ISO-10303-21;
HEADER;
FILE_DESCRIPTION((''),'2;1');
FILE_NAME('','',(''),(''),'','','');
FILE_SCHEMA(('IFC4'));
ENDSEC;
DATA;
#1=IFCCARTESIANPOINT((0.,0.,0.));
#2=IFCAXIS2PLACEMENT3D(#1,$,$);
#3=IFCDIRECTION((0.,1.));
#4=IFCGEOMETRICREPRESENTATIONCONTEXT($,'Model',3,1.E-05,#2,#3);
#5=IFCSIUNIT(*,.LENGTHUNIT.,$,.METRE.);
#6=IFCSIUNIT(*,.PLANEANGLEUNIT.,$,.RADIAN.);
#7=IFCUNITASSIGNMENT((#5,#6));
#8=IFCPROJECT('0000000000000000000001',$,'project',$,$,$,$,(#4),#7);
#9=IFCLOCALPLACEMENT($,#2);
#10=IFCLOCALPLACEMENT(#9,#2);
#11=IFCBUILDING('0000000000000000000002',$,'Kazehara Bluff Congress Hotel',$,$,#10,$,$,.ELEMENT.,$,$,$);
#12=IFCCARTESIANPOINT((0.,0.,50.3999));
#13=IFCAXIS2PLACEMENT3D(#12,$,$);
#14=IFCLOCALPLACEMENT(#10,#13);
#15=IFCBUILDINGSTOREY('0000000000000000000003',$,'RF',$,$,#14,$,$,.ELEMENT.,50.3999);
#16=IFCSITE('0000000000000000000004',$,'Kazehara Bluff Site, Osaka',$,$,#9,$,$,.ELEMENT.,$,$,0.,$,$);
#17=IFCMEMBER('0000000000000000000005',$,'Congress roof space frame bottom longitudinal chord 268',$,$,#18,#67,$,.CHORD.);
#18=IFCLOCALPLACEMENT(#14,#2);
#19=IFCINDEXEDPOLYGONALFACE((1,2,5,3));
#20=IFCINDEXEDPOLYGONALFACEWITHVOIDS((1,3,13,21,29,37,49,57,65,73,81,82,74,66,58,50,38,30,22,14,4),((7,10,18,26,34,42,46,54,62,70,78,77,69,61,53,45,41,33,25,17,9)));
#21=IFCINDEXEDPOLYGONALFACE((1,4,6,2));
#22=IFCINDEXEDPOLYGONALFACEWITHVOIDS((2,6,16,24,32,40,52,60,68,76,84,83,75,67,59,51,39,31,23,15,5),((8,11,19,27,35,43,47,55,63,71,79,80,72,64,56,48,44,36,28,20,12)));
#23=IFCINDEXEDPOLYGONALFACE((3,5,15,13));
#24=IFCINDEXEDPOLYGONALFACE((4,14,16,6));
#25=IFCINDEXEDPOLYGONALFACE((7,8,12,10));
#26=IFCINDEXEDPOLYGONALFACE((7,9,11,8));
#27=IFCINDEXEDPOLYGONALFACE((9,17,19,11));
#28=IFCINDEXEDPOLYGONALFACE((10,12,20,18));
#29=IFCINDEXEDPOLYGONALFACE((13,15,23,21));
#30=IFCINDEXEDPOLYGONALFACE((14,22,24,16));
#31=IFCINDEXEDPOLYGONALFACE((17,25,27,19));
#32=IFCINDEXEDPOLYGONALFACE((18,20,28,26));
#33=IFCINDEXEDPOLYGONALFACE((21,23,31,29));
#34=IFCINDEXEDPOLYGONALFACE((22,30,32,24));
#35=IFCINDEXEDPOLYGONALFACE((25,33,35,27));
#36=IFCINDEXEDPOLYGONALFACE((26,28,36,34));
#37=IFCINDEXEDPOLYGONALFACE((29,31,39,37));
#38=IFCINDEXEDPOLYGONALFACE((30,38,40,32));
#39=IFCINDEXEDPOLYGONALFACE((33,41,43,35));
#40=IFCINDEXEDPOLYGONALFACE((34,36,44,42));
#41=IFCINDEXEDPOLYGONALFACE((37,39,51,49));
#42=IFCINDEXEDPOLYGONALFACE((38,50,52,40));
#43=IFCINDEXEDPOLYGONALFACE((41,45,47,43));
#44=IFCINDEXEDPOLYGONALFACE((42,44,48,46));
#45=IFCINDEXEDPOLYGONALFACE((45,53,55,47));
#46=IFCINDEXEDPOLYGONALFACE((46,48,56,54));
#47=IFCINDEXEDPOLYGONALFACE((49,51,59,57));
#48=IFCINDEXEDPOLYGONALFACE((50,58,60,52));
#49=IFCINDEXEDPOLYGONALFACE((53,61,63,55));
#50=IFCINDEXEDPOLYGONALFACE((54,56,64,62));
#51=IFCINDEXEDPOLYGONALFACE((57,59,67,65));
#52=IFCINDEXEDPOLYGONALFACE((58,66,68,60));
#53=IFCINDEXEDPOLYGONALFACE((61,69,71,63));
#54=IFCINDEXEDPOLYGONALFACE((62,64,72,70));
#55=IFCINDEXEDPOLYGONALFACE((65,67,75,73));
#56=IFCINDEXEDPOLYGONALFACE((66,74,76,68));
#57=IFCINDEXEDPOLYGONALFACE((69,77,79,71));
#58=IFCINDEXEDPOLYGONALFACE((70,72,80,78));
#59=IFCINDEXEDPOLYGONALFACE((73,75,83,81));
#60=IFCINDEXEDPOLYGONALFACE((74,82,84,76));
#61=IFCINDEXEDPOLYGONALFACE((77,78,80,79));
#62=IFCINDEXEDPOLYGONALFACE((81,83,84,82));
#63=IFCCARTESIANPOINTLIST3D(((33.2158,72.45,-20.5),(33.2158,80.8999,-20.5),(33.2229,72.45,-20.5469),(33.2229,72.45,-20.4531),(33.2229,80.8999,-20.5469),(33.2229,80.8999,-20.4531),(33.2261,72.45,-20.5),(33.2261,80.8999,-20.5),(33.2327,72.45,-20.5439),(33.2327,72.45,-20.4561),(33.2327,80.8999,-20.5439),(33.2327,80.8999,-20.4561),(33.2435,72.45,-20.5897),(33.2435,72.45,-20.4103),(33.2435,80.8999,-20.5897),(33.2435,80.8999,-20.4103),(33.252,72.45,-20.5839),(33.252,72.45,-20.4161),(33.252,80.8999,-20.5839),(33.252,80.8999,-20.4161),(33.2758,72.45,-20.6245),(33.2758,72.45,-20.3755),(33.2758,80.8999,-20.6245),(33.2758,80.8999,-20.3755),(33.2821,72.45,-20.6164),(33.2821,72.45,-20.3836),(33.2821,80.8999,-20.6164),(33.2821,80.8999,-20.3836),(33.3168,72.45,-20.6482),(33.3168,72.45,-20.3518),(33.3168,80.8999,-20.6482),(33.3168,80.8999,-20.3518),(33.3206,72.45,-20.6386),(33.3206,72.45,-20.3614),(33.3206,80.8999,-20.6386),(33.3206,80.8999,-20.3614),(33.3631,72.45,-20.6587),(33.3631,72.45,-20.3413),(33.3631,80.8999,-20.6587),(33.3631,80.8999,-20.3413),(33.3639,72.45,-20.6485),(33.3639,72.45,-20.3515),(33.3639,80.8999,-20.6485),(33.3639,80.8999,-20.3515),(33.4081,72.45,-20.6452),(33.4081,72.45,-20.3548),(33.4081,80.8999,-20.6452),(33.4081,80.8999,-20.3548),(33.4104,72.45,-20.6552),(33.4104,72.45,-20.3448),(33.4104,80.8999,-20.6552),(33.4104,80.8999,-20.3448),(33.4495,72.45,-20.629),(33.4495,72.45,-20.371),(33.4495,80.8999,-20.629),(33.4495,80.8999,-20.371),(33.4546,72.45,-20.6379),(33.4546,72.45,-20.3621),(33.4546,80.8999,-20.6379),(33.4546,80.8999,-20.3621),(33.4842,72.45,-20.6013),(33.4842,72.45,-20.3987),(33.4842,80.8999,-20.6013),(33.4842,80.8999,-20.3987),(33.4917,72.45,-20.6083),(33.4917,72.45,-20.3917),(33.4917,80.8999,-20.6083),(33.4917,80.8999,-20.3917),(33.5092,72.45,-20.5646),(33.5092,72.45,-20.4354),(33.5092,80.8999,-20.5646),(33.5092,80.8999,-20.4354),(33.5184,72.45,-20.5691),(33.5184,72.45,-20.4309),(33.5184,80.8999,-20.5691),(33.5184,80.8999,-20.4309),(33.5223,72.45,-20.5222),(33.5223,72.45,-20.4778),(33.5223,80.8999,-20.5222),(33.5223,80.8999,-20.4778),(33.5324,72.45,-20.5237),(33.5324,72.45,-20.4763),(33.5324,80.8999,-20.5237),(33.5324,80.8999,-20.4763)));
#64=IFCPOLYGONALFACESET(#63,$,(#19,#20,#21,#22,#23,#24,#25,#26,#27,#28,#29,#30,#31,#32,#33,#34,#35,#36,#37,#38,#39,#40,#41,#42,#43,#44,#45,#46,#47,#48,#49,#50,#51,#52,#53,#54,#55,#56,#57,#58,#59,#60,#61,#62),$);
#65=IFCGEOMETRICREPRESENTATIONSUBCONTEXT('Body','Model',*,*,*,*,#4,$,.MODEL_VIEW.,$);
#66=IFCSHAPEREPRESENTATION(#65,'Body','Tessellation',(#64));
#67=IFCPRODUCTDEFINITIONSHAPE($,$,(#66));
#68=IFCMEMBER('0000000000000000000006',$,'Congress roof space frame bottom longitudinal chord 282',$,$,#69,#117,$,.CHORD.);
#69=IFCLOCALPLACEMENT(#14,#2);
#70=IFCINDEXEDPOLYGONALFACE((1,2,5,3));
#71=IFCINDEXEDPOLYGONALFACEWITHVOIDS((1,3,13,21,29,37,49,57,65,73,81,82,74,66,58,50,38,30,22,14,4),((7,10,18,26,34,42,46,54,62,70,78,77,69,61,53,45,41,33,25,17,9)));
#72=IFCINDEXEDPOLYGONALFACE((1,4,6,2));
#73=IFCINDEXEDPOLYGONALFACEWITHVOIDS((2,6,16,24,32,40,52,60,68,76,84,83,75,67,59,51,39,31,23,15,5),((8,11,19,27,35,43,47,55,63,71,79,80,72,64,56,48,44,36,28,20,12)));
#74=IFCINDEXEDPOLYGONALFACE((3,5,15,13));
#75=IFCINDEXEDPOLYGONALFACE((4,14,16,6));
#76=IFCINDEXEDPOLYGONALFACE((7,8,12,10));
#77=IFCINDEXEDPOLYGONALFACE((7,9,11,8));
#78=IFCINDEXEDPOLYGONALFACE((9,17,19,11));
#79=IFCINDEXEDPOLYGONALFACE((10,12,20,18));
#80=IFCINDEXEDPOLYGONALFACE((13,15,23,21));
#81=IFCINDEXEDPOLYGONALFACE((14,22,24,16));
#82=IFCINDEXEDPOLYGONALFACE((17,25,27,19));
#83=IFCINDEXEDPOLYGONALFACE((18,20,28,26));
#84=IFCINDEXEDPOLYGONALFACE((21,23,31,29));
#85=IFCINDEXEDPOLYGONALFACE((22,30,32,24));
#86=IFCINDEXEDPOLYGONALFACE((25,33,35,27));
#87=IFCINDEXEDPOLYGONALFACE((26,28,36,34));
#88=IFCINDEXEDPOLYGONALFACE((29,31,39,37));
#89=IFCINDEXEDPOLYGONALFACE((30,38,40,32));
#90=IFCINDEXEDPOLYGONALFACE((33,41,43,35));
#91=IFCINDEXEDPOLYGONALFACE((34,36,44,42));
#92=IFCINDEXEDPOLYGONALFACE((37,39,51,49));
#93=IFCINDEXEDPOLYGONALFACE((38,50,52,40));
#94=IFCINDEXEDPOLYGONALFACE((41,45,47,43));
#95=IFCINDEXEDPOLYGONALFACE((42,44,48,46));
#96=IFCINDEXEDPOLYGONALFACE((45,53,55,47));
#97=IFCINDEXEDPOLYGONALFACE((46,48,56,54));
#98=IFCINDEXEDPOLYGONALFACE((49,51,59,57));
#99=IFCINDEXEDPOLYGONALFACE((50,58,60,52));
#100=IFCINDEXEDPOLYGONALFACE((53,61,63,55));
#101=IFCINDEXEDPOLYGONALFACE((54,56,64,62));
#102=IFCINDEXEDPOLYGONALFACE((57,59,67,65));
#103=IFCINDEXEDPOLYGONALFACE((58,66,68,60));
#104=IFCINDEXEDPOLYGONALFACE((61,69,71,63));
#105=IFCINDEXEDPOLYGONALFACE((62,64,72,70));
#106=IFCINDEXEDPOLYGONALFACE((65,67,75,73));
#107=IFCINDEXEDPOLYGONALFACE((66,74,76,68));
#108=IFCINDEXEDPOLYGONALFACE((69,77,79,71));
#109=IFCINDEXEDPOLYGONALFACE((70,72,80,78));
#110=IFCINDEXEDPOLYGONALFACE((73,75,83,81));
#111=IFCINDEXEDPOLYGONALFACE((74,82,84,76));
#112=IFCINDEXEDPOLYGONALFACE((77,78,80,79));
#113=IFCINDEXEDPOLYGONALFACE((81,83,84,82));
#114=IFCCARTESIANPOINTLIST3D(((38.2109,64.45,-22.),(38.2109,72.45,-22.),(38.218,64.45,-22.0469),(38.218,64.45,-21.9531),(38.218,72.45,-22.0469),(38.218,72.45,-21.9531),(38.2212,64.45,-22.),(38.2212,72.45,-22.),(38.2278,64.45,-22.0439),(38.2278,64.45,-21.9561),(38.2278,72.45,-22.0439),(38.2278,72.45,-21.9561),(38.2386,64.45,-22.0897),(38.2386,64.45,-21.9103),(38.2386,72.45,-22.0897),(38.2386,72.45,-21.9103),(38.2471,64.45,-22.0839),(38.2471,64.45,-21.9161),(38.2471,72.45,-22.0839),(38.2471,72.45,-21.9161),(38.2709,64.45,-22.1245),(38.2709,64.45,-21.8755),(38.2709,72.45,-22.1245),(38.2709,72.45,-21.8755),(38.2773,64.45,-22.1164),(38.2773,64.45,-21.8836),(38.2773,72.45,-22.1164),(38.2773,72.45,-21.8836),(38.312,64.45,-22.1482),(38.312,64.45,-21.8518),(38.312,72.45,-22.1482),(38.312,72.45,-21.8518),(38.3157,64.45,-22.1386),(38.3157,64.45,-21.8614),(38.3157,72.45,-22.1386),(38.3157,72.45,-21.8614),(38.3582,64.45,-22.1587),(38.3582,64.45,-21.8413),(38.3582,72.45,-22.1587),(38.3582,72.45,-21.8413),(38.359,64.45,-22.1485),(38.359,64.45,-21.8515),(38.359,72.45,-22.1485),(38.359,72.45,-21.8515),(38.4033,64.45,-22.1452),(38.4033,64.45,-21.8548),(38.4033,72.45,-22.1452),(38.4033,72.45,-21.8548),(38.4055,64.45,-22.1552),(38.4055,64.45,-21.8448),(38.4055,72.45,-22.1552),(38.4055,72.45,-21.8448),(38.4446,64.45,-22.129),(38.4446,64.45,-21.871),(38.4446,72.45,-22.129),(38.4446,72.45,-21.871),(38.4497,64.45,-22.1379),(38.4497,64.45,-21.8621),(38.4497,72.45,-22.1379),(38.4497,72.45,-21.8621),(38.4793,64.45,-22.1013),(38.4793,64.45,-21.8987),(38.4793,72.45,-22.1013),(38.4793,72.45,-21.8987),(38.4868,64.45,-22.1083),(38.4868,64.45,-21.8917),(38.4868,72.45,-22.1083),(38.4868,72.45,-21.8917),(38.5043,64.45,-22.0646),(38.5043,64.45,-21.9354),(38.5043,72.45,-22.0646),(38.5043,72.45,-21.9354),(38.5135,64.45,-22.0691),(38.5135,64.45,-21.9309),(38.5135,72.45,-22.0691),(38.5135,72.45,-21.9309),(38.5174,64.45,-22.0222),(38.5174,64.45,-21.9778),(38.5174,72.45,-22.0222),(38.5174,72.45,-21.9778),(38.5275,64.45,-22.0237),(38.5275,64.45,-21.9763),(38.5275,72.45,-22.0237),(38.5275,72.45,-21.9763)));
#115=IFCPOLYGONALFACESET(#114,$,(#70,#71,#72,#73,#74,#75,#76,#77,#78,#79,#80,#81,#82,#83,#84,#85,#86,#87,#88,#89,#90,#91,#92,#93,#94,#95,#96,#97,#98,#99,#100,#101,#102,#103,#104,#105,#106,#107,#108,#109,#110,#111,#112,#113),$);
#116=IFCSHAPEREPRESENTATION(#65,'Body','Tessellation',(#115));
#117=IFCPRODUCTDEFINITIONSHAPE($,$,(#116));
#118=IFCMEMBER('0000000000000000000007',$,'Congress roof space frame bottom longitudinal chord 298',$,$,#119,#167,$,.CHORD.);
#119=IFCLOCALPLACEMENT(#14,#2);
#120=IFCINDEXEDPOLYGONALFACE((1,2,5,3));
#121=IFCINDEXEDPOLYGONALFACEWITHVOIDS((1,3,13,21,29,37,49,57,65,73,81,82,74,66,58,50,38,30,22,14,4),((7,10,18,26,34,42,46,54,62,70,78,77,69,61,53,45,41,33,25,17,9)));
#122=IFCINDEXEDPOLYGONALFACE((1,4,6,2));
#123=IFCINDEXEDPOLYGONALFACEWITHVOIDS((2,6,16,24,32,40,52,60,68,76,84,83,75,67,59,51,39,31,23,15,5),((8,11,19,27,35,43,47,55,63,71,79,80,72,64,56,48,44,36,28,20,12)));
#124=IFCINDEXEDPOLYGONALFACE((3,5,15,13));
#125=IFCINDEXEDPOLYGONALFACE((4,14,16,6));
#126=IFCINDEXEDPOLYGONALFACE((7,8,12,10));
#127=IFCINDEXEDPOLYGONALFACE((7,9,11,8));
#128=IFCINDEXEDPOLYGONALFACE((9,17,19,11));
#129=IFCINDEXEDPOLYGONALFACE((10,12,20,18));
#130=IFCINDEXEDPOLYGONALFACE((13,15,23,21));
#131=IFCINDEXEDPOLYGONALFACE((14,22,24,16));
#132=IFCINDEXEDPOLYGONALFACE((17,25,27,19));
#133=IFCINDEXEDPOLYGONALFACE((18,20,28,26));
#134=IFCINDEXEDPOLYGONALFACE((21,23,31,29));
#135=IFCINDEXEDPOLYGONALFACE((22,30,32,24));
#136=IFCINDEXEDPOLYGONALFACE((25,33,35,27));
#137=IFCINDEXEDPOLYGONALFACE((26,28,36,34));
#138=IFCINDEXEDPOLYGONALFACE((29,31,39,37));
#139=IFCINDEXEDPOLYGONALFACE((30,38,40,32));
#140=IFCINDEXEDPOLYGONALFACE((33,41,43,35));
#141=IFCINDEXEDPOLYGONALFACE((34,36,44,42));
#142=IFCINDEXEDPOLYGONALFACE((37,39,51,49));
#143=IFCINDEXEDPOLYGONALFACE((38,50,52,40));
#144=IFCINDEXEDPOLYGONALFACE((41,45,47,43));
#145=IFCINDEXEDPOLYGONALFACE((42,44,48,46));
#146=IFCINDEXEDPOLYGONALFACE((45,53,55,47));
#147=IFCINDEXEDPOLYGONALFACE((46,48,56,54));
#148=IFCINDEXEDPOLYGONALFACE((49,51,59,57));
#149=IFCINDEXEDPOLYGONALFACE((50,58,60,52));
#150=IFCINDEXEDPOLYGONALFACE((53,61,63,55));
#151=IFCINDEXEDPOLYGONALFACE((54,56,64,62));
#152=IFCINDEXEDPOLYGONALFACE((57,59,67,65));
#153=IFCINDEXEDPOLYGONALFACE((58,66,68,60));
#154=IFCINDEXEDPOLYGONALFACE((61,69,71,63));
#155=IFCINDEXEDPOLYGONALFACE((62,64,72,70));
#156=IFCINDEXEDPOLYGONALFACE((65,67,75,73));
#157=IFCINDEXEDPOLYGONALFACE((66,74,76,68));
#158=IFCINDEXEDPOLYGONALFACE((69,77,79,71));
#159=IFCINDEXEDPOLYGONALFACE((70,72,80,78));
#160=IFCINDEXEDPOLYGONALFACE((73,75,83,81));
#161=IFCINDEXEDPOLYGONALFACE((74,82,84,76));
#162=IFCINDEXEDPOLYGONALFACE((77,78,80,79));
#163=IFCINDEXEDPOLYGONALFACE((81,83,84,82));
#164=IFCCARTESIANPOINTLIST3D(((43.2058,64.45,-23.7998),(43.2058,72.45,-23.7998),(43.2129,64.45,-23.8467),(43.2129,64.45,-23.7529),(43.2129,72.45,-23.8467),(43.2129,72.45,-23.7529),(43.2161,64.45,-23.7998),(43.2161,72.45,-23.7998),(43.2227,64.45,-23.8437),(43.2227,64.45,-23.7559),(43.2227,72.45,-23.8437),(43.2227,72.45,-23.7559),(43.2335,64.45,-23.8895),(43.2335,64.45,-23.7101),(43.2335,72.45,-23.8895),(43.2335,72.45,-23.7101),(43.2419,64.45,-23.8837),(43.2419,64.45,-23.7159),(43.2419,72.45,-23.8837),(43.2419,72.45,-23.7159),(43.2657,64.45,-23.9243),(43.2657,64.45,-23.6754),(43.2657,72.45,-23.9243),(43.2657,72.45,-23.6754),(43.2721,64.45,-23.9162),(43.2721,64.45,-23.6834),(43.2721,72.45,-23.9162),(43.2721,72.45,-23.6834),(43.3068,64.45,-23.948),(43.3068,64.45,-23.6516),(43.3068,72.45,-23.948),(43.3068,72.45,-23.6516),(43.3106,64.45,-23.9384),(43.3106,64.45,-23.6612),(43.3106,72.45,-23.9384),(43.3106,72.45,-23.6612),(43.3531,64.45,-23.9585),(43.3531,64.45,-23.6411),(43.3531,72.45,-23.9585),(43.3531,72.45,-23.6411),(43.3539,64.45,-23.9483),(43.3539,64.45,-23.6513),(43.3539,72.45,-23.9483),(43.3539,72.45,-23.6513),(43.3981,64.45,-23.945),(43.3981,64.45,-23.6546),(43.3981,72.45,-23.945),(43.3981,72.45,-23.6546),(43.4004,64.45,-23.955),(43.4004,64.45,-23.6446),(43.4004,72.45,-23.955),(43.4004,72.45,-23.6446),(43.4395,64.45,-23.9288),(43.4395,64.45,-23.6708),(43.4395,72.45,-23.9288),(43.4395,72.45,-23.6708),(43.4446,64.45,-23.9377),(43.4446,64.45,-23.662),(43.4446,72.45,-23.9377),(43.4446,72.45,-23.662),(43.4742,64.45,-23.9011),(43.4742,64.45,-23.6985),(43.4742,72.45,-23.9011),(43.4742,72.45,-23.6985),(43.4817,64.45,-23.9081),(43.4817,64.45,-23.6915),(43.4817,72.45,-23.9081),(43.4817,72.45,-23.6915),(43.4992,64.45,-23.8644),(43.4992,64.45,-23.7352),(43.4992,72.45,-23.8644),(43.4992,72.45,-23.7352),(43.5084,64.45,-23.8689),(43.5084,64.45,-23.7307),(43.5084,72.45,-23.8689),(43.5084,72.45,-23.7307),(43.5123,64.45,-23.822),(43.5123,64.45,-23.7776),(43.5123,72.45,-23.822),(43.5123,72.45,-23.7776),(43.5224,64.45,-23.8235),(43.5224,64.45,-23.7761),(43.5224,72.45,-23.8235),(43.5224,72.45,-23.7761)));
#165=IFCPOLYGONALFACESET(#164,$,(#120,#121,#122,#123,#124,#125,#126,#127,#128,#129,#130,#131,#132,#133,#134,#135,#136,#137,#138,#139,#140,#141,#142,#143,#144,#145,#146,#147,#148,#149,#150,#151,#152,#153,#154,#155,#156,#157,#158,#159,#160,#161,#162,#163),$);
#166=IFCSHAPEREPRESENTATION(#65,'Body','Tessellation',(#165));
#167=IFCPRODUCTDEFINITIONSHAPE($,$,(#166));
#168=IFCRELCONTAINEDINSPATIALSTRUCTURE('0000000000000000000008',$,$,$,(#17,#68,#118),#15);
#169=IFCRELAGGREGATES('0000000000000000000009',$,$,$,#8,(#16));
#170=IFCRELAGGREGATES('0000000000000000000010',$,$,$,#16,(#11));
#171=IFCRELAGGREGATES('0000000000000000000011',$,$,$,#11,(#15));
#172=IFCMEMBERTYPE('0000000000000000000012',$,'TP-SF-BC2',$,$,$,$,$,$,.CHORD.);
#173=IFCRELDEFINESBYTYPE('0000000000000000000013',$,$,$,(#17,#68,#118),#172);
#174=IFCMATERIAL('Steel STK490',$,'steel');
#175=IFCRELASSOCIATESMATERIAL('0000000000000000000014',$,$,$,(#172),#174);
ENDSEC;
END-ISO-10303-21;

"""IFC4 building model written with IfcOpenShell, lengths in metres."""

from ifc_helpers import new_model, si_unit, direction, frame, origin, origin_2d, place, context, subcontext, project, spatial, hollow_circle, extrude, material, material_profile, profile_set, type_object, element, save


model = new_model("IFC4")

# Units and contexts
model_context = context("Model", 3, precision=1e-05, world=origin(), true_north=direction((0.0, 1.0)))
body_context = subcontext(model_context, "Body", "Model", "MODEL_VIEW")
ifc_project = project(units=[si_unit("LENGTHUNIT", "METRE"), si_unit("PLANEANGLEUNIT", "RADIAN")], contexts=[model_context])

# Site, building, storey
site_placement = place(None, origin())
site = spatial("IfcSite", under=ifc_project, at=site_placement, Name="Kazehara Bluff Site, Osaka", CompositionType="ELEMENT", RefElevation=0.0)
building_placement = place(site_placement, origin())
building = spatial("IfcBuilding", under=site, at=building_placement, Name="Kazehara Bluff Congress Hotel", CompositionType="ELEMENT")
storey_placement = place(building_placement, frame((0.0, 0.0, 50.3999)))
storey = spatial("IfcBuildingStorey", under=building, at=storey_placement, Name="RF", CompositionType="ELEMENT", Elevation=50.3999)

# Members
ifc_material_1 = material(Name="Steel STK490", Category="steel")
ifc_material_profile_1 = material_profile(ifc_material_1, hollow_circle(Radius=0.1592, WallThickness=0.0103, at=origin_2d()))
ifc_profile_set_1 = profile_set([ifc_material_profile_1], Name="Steel STK490")
member_type_1 = type_object("IfcMemberType", Name="TP-SF-BC2", PredefinedType="CHORD", material=ifc_profile_set_1)
member_1_placement = place(storey_placement, frame((33.375, 72.45, -20.5), z_axis=(0.0, 1.0, 0.0), x_axis=(-1.0, 0.0, 0.0)))
element("IfcMember", 1, at=member_1_placement, inside=storey, type_object=member_type_1, Name="Congress roof space frame bottom longitudinal chord 268", PredefinedType="CHORD", context=body_context, shape_type="SweptSolid", body=[
    extrude(hollow_circle(Radius=0.1592, WallThickness=0.0103, at=origin_2d()), origin(), (0.0, 0.0, 1.0), 8.45),
])
for number, where, z_axis, x_axis, name in (
    (2, (38.3701, 64.45, -22.0), (0.0, 1.0, 0.0), (-1.0, 0.0, 0.0), "Congress roof space frame bottom longitudinal chord 282"),
    (3, (43.365, 64.45, -23.7998), (0.0, 1.0, 0.0), (-1.0, 0.0, 0.0), "Congress roof space frame bottom longitudinal chord 298"),
):
    element("IfcMember", number, at=place(storey_placement, frame(where, z_axis=z_axis, x_axis=x_axis)), inside=storey, type_object=member_type_1, Name=name, PredefinedType="CHORD", context=body_context, shape_type="SweptSolid", body=[
        extrude(hollow_circle(Radius=0.1592, WallThickness=0.0103, at=origin_2d()), origin(), (0.0, 0.0, 1.0), 8.0),
    ])

save(model, "model.ifc")
